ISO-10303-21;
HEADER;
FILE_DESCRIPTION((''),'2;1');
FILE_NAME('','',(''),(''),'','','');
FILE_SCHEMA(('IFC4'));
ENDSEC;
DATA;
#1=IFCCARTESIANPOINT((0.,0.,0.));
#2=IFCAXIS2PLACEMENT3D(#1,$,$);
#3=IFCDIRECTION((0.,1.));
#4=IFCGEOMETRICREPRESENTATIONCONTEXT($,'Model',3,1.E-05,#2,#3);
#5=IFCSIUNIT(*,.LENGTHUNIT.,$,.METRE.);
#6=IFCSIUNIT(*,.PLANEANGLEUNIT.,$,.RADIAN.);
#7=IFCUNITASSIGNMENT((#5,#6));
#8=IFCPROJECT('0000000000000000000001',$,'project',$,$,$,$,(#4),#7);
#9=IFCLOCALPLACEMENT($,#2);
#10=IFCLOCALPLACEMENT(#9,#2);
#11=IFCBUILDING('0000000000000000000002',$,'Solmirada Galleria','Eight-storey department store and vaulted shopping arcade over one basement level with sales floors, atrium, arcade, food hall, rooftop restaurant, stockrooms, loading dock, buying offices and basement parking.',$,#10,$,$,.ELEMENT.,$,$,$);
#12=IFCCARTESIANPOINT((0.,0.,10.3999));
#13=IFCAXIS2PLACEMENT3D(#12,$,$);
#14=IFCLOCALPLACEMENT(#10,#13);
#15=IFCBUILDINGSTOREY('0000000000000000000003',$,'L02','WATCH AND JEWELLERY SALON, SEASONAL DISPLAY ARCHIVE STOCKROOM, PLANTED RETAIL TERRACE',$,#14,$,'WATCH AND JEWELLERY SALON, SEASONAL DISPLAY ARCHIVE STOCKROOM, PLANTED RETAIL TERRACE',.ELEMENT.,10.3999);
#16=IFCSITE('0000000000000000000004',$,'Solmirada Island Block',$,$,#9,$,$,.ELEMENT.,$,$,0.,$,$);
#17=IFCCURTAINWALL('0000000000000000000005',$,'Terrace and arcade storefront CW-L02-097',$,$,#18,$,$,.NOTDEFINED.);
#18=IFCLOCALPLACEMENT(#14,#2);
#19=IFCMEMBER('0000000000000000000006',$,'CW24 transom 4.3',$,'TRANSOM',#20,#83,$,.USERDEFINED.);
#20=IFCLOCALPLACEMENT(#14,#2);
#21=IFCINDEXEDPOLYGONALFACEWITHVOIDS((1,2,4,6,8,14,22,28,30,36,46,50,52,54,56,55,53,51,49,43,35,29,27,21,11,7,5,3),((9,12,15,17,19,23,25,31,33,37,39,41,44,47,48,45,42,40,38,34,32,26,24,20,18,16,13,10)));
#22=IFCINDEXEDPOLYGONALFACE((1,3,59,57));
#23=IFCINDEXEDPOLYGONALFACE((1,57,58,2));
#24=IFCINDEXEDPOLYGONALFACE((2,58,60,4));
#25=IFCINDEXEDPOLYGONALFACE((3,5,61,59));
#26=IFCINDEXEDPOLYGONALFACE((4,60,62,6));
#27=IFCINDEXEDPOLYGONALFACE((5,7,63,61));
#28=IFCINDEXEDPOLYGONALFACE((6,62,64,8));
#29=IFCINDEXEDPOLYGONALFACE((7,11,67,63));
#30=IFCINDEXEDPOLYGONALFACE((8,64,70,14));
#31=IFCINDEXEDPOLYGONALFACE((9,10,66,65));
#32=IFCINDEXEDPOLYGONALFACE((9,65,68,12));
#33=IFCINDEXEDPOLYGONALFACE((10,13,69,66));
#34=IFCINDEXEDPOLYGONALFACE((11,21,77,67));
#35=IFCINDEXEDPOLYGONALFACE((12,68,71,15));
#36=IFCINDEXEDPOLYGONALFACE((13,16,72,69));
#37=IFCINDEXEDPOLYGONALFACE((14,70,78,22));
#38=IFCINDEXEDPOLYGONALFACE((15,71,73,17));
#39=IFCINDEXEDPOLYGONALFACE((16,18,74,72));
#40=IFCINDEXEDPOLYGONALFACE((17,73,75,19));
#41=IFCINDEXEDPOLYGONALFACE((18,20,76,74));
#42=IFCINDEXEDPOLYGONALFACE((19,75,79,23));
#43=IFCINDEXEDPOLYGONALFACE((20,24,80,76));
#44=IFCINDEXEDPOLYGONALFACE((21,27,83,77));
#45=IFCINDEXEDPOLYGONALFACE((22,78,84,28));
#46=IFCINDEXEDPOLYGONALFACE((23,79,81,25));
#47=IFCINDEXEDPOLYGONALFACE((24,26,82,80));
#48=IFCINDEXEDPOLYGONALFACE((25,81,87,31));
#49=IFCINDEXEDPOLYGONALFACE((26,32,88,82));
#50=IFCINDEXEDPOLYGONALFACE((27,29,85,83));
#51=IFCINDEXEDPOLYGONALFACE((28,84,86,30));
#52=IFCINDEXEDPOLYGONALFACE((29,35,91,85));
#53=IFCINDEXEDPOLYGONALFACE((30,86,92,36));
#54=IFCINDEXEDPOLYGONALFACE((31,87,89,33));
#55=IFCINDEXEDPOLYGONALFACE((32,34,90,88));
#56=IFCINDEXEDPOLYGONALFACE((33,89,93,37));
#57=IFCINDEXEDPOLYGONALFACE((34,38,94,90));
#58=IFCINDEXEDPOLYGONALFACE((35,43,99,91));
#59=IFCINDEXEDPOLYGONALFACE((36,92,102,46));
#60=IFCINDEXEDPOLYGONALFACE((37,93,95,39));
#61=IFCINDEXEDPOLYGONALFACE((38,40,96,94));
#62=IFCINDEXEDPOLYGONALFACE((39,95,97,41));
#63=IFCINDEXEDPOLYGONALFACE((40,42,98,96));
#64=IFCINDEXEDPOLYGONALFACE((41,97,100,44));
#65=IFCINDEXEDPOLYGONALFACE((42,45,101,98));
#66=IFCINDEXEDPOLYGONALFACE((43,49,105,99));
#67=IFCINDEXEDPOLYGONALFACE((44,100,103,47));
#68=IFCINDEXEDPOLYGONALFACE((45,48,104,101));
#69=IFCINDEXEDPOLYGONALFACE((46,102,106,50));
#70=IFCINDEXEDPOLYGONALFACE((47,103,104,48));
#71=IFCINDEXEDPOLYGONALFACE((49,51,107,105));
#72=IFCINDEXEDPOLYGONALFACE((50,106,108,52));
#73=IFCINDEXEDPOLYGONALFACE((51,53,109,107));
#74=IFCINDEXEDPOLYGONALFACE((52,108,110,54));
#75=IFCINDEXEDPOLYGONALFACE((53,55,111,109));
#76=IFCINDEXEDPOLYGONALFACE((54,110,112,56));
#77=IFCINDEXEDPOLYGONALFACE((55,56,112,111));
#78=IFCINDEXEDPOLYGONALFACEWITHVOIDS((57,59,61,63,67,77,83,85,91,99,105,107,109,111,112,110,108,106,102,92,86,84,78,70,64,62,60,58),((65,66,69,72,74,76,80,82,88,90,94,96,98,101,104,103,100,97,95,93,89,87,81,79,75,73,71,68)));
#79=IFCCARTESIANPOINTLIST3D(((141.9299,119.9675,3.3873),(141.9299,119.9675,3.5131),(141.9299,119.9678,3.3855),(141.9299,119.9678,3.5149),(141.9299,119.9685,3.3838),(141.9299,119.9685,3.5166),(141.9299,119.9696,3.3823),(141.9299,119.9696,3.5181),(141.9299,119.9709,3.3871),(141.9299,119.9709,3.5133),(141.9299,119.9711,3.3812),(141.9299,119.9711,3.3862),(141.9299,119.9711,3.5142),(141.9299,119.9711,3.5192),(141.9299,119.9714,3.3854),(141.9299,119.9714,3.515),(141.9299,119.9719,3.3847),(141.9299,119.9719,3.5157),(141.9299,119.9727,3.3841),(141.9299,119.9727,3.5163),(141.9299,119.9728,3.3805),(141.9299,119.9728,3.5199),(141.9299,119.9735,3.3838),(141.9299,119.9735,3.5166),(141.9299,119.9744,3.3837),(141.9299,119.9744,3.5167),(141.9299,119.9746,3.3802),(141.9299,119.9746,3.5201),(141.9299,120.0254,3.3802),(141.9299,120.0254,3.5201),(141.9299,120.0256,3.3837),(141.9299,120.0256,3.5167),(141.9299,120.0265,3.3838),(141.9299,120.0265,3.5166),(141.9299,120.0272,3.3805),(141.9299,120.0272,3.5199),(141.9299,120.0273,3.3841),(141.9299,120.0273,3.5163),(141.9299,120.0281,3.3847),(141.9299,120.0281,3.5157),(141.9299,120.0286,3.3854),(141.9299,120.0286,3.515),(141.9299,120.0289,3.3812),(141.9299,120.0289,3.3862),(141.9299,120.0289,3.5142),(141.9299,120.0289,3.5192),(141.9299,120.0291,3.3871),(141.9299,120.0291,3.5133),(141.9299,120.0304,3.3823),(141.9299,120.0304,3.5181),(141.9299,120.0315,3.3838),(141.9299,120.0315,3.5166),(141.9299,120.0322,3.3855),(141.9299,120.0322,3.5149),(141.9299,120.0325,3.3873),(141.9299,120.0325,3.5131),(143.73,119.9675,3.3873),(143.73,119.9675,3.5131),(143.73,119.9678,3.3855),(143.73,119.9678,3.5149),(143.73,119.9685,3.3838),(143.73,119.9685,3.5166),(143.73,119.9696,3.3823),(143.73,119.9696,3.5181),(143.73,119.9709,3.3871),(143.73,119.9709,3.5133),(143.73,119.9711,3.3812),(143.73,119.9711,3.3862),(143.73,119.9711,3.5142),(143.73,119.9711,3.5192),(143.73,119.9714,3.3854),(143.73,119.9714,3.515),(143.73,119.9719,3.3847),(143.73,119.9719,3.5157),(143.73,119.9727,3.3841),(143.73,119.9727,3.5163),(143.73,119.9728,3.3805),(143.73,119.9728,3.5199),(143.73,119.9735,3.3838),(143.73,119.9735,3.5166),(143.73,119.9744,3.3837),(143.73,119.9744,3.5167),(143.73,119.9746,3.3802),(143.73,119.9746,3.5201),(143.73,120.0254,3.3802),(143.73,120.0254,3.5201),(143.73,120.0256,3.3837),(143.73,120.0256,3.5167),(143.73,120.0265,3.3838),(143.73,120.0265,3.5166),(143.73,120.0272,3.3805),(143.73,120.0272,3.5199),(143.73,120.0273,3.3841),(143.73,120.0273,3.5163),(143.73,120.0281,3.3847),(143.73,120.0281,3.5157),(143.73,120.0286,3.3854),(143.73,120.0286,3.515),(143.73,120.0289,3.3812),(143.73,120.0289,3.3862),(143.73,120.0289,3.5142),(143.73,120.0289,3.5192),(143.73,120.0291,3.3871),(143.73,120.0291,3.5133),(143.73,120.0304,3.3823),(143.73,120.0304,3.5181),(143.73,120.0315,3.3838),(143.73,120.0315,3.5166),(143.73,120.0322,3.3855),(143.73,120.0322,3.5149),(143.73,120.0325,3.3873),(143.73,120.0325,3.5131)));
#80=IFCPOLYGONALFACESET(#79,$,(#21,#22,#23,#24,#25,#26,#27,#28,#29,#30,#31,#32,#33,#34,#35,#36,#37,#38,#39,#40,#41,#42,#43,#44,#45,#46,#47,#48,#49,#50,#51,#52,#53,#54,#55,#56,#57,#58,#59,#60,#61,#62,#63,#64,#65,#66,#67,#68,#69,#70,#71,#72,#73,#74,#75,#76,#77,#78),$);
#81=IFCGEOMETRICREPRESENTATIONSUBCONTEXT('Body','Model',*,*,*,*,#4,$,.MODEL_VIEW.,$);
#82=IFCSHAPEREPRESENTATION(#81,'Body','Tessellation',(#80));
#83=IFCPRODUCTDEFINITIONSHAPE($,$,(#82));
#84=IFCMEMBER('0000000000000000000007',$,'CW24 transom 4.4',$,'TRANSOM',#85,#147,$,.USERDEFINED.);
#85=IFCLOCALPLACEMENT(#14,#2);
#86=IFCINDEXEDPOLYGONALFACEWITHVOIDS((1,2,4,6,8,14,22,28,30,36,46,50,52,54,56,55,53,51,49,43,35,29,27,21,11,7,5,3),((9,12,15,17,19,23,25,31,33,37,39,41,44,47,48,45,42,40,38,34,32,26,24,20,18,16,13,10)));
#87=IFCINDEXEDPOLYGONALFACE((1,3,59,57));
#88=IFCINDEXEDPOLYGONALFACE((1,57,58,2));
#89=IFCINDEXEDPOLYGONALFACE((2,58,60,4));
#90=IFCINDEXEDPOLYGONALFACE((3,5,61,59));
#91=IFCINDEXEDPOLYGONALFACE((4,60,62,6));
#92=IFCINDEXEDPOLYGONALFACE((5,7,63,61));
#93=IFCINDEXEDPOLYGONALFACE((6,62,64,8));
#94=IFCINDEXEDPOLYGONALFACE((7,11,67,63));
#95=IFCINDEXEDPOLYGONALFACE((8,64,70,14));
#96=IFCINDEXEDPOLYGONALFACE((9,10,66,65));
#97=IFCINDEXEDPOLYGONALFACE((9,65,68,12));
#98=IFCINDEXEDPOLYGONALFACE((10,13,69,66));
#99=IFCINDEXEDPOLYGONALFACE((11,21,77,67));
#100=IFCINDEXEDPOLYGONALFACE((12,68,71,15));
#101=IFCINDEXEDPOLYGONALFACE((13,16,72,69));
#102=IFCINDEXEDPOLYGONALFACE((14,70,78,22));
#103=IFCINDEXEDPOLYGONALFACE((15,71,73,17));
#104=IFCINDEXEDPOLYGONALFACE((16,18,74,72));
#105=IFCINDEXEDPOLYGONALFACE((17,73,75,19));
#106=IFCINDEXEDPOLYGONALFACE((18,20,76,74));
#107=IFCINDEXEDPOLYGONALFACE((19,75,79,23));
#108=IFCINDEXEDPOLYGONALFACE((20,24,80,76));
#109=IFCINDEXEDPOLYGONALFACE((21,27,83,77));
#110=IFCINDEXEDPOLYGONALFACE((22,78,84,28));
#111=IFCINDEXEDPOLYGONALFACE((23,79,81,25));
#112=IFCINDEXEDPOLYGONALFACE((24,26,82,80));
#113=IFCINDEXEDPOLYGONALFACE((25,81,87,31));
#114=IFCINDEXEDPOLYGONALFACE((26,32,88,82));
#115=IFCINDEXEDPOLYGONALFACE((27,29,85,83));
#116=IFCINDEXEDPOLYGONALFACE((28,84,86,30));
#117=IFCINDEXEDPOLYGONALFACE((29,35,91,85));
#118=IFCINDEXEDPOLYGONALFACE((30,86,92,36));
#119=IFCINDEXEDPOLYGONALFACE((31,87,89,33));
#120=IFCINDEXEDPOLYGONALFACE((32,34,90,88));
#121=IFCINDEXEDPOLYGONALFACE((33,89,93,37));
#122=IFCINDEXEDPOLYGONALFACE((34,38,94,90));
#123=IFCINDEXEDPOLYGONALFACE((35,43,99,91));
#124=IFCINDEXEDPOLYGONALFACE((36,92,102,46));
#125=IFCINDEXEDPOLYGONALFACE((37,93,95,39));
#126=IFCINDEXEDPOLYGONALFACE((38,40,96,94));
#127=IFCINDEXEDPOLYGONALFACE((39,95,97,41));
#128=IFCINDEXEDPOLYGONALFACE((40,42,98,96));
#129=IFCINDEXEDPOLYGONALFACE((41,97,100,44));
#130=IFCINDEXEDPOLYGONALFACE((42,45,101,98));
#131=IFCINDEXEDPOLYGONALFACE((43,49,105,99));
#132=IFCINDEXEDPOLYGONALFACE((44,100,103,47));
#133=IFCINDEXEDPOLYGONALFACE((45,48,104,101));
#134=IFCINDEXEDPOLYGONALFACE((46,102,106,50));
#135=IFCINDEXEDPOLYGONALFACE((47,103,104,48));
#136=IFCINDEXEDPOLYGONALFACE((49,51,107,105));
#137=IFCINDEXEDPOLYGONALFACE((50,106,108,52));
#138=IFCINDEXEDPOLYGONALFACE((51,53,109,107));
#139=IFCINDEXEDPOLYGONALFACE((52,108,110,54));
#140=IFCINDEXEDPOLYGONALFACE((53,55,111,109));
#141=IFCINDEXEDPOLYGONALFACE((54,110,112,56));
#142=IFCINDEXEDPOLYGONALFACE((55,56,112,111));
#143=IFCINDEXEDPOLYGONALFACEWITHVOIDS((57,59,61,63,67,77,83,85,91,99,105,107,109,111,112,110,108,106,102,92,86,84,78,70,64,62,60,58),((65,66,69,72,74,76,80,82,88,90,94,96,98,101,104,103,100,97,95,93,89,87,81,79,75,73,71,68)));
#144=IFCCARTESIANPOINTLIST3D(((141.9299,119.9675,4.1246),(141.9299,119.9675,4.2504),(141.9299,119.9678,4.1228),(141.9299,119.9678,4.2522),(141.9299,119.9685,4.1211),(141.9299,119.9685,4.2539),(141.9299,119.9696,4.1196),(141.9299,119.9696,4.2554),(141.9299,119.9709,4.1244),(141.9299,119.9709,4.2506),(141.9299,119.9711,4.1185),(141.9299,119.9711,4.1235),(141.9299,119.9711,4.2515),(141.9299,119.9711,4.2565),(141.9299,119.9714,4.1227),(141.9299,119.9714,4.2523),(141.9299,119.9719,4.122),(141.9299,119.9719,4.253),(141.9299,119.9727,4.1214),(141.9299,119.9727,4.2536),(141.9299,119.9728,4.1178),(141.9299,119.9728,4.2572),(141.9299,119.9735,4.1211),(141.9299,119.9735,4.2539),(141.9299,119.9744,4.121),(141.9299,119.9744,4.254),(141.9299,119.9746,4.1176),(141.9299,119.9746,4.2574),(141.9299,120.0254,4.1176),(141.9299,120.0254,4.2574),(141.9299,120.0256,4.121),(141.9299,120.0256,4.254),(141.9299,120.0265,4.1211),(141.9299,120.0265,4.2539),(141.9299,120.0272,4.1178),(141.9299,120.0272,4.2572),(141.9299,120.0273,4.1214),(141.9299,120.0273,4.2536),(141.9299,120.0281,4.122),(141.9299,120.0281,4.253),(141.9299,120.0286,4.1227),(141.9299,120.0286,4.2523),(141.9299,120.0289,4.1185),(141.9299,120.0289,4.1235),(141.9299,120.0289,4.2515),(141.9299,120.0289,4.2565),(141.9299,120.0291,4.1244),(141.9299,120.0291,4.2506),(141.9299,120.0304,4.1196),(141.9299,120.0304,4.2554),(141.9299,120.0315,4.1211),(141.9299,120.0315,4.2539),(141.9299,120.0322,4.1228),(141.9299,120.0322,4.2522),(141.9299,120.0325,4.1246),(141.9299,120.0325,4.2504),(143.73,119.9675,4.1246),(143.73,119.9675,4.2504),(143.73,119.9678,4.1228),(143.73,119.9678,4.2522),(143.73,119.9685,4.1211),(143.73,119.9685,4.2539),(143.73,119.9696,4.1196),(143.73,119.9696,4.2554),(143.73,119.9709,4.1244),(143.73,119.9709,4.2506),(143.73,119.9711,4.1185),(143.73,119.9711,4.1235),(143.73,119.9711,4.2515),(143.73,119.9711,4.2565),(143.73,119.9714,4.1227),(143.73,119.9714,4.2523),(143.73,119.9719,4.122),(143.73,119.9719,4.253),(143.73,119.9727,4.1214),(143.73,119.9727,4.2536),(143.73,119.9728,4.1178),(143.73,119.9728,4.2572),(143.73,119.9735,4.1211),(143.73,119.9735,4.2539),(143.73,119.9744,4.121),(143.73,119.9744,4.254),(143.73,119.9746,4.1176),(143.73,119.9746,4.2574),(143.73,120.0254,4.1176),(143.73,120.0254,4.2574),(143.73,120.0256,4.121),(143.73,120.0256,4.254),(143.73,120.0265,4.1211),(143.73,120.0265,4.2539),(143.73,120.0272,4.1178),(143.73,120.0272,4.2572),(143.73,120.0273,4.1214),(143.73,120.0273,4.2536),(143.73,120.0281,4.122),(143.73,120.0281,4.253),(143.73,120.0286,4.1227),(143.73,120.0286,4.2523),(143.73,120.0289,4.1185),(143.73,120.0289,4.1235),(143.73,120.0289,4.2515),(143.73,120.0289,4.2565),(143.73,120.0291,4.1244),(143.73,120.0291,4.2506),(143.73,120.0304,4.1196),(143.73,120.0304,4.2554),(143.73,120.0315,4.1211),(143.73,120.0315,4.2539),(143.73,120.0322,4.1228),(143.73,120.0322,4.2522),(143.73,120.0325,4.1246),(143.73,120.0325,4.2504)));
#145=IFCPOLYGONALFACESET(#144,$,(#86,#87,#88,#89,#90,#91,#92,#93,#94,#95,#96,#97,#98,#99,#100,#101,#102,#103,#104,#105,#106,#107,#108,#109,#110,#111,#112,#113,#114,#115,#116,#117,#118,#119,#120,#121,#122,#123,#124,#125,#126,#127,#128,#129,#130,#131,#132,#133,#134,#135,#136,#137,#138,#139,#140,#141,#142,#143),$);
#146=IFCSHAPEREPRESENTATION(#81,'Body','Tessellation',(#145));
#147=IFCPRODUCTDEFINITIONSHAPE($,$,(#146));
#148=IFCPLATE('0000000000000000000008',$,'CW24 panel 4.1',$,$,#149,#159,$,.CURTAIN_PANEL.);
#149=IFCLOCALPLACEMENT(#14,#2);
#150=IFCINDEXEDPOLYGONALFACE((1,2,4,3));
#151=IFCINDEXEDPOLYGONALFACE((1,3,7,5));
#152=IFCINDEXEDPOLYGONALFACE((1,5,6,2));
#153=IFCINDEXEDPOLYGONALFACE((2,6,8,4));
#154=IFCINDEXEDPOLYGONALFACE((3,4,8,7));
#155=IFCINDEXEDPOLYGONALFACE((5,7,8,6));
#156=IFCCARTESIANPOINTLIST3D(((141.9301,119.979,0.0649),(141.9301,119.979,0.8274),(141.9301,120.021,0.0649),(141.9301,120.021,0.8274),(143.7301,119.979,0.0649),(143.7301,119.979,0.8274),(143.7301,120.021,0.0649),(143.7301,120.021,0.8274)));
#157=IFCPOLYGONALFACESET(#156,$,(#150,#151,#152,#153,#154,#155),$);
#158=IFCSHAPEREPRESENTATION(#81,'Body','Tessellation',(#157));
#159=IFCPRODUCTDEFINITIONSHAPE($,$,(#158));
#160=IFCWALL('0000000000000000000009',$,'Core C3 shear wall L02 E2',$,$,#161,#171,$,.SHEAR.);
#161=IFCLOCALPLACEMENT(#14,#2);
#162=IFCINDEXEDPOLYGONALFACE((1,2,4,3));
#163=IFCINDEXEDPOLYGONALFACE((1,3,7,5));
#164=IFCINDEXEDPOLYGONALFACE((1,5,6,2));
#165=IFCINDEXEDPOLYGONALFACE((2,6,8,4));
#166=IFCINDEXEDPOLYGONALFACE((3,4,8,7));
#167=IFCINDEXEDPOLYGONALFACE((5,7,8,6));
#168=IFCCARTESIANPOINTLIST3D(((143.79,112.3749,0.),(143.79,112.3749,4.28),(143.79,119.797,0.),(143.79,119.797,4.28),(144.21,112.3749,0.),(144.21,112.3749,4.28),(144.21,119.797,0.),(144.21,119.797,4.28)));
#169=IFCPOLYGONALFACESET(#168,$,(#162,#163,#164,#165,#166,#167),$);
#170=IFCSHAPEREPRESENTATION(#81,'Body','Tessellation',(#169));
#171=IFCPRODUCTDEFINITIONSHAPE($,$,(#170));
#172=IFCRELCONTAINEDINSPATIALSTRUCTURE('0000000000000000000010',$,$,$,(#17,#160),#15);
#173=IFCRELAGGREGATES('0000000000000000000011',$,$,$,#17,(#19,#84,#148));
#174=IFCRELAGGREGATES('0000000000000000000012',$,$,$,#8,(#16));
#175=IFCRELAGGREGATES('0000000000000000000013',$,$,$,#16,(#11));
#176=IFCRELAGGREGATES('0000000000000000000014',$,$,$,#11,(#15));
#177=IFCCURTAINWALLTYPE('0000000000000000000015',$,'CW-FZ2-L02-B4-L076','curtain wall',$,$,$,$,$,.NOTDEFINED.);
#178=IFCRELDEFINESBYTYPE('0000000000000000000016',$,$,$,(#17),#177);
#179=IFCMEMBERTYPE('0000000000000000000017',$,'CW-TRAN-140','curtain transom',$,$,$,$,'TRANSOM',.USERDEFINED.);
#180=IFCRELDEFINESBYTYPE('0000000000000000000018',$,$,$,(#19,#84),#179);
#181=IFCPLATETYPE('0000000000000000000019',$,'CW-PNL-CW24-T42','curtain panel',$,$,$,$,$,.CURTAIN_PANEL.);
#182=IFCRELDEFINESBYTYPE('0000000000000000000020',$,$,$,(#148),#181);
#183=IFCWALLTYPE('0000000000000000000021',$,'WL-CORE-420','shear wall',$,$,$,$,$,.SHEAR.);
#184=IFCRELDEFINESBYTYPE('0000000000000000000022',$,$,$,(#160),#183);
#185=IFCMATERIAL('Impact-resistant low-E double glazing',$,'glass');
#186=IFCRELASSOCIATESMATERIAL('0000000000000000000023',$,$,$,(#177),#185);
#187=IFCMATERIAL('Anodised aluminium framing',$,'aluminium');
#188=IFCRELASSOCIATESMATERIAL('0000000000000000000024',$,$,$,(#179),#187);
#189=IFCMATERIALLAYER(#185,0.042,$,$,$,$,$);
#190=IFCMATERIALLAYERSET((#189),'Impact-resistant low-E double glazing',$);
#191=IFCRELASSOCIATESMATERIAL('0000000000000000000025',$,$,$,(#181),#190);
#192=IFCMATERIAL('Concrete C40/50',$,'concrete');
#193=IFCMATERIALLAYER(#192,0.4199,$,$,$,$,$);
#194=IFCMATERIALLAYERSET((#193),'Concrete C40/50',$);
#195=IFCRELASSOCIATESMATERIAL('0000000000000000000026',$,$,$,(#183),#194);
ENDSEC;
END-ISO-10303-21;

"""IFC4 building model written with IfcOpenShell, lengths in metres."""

from ifc_helpers import new_model, si_unit, direction, frame, frame_2d, origin, origin_2d, place, context, subcontext, project, spatial, rectangle, hollow_rectangle, extrude, material, layer, layer_set, material_profile, profile_set, type_object, element, aggregate, save


model = new_model("IFC4")

# Units and contexts
model_context = context("Model", 3, precision=1e-05, world=origin(), true_north=direction((0.0, 1.0)))
body_context = subcontext(model_context, "Body", "Model", "MODEL_VIEW")
ifc_project = project(units=[si_unit("LENGTHUNIT", "METRE"), si_unit("PLANEANGLEUNIT", "RADIAN")], contexts=[model_context])

# Site, building, storey
site_placement = place(None, origin())
site = spatial("IfcSite", under=ifc_project, at=site_placement, Name="Solmirada Island Block", CompositionType="ELEMENT", RefElevation=0.0)
building_placement = place(site_placement, origin())
building = spatial("IfcBuilding", under=site, at=building_placement, Name="Solmirada Galleria", Description="Eight-storey department store and vaulted shopping arcade over one basement level with sales floors, atrium, arcade, food hall, rooftop restaurant, stockrooms, loading dock, buying offices and basement parking.", CompositionType="ELEMENT")
storey_placement = place(building_placement, frame((0.0, 0.0, 10.3999)))
storey = spatial("IfcBuildingStorey", under=building, at=storey_placement, Name="L02", Description="WATCH AND JEWELLERY SALON, SEASONAL DISPLAY ARCHIVE STOCKROOM, PLANTED RETAIL TERRACE", LongName="WATCH AND JEWELLERY SALON, SEASONAL DISPLAY ARCHIVE STOCKROOM, PLANTED RETAIL TERRACE", CompositionType="ELEMENT", Elevation=10.3999)

# Shared definitions
ifc_material_1 = material(Name="Concrete C40/50", Category="concrete")

# Curtain wall, members, plate
ifc_material_2 = material(Name="Impact-resistant low-E double glazing", Category="glass")
curtain_wall_type = type_object("IfcCurtainWallType", Name="CW-FZ2-L02-B4-L076", Description="curtain wall", PredefinedType="NOTDEFINED", material=ifc_material_2)
curtain_wall_placement = place(storey_placement, origin())
curtain_wall = element("IfcCurtainWall", 1, at=curtain_wall_placement, inside=storey, type_object=curtain_wall_type, Name="Terrace and arcade storefront CW-L02-097", PredefinedType="NOTDEFINED")
ifc_material_3 = material(Name="Anodised aluminium framing", Category="aluminium")
ifc_material_profile_1 = material_profile(ifc_material_3, hollow_rectangle(XDim=0.0649, YDim=0.1399, WallThickness=0.0034, InnerFilletRadius=0.0034, OuterFilletRadius=0.0071, at=origin_2d()), Name="ALU-TRAN-140X65")
ifc_profile_set_1 = profile_set([ifc_material_profile_1], Name="Anodised aluminium framing")
member_type = type_object("IfcMemberType", Name="CW-TRAN-140", Description="curtain transom", ElementType="TRANSOM", PredefinedType="USERDEFINED", material=ifc_profile_set_1)
member_1_placement = place(storey_placement, frame((141.9299, 120.0, 3.4502), z_axis=(1.0, 0.0, 0.0), x_axis=(0.0, 1.0, 0.0)))
member_1 = element("IfcMember", 2, at=member_1_placement, type_object=member_type, Name="CW24 transom 4.3", ObjectType="TRANSOM", PredefinedType="USERDEFINED", context=body_context, shape_type="SweptSolid", body=[
    extrude(hollow_rectangle(XDim=0.0649, YDim=0.1399, WallThickness=0.0034, InnerFilletRadius=0.0034, OuterFilletRadius=0.0071, at=origin_2d()), origin(), (0.0, 0.0, 1.0), 1.8),
])
member_2_placement = place(storey_placement, frame((141.9299, 120.0, 4.1875), z_axis=(1.0, 0.0, 0.0), x_axis=(0.0, 1.0, 0.0)))
member_2 = element("IfcMember", 3, at=member_2_placement, type_object=member_type, Name="CW24 transom 4.4", ObjectType="TRANSOM", PredefinedType="USERDEFINED", context=body_context, shape_type="SweptSolid", body=[
    extrude(hollow_rectangle(XDim=0.0649, YDim=0.1399, WallThickness=0.0034, InnerFilletRadius=0.0034, OuterFilletRadius=0.0071, at=origin_2d()), origin(), (0.0, 0.0, 1.0), 1.8),
])
ifc_layer_1 = layer(ifc_material_2, 0.042)
ifc_layer_set_1 = layer_set([ifc_layer_1], Name="Impact-resistant low-E double glazing")
plate_type = type_object("IfcPlateType", Name="CW-PNL-CW24-T42", Description="curtain panel", PredefinedType="CURTAIN_PANEL", material=ifc_layer_set_1)
plate_placement = place(storey_placement, frame((142.8301, 120.0, 0.0649), z_axis=(0.0, 0.0, 1.0), x_axis=(1.0, 0.0, 0.0)))
plate = element("IfcPlate", 4, at=plate_placement, type_object=plate_type, Name="CW24 panel 4.1", PredefinedType="CURTAIN_PANEL", context=body_context, shape_type="SweptSolid", body=[
    extrude(rectangle(XDim=1.8, YDim=0.042, at=origin_2d()), origin(), (0.0, 0.0, 1.0), 0.7625),
])
aggregate(curtain_wall, [member_1, member_2, plate])

# Shared definitions
ifc_layer_2 = layer(ifc_material_1, 0.4199)
ifc_layer_set_2 = layer_set([ifc_layer_2], Name="Concrete C40/50")
wall_type_1 = type_object("IfcWallType", Name="WL-CORE-420", Description="shear wall", PredefinedType="SHEAR", material=ifc_layer_set_2)

# Wall
wall_1_placement = place(storey_placement, frame((144.0, 112.375, 0.0), z_axis=(0.0, 0.0, 1.0), x_axis=(0.0, 1.0, 0.0)))
element("IfcWall", 5, at=wall_1_placement, inside=storey, type_object=wall_type_1, Name="Core C3 shear wall L02 E2", PredefinedType="SHEAR", context=body_context, shape_type="SweptSolid", body=[
    extrude(rectangle(XDim=7.4221, YDim=0.4199, at=frame_2d((3.7109, 0.0))), origin(), (0.0, 0.0, 1.0), 4.28),
])

save(model, "model.ifc")
